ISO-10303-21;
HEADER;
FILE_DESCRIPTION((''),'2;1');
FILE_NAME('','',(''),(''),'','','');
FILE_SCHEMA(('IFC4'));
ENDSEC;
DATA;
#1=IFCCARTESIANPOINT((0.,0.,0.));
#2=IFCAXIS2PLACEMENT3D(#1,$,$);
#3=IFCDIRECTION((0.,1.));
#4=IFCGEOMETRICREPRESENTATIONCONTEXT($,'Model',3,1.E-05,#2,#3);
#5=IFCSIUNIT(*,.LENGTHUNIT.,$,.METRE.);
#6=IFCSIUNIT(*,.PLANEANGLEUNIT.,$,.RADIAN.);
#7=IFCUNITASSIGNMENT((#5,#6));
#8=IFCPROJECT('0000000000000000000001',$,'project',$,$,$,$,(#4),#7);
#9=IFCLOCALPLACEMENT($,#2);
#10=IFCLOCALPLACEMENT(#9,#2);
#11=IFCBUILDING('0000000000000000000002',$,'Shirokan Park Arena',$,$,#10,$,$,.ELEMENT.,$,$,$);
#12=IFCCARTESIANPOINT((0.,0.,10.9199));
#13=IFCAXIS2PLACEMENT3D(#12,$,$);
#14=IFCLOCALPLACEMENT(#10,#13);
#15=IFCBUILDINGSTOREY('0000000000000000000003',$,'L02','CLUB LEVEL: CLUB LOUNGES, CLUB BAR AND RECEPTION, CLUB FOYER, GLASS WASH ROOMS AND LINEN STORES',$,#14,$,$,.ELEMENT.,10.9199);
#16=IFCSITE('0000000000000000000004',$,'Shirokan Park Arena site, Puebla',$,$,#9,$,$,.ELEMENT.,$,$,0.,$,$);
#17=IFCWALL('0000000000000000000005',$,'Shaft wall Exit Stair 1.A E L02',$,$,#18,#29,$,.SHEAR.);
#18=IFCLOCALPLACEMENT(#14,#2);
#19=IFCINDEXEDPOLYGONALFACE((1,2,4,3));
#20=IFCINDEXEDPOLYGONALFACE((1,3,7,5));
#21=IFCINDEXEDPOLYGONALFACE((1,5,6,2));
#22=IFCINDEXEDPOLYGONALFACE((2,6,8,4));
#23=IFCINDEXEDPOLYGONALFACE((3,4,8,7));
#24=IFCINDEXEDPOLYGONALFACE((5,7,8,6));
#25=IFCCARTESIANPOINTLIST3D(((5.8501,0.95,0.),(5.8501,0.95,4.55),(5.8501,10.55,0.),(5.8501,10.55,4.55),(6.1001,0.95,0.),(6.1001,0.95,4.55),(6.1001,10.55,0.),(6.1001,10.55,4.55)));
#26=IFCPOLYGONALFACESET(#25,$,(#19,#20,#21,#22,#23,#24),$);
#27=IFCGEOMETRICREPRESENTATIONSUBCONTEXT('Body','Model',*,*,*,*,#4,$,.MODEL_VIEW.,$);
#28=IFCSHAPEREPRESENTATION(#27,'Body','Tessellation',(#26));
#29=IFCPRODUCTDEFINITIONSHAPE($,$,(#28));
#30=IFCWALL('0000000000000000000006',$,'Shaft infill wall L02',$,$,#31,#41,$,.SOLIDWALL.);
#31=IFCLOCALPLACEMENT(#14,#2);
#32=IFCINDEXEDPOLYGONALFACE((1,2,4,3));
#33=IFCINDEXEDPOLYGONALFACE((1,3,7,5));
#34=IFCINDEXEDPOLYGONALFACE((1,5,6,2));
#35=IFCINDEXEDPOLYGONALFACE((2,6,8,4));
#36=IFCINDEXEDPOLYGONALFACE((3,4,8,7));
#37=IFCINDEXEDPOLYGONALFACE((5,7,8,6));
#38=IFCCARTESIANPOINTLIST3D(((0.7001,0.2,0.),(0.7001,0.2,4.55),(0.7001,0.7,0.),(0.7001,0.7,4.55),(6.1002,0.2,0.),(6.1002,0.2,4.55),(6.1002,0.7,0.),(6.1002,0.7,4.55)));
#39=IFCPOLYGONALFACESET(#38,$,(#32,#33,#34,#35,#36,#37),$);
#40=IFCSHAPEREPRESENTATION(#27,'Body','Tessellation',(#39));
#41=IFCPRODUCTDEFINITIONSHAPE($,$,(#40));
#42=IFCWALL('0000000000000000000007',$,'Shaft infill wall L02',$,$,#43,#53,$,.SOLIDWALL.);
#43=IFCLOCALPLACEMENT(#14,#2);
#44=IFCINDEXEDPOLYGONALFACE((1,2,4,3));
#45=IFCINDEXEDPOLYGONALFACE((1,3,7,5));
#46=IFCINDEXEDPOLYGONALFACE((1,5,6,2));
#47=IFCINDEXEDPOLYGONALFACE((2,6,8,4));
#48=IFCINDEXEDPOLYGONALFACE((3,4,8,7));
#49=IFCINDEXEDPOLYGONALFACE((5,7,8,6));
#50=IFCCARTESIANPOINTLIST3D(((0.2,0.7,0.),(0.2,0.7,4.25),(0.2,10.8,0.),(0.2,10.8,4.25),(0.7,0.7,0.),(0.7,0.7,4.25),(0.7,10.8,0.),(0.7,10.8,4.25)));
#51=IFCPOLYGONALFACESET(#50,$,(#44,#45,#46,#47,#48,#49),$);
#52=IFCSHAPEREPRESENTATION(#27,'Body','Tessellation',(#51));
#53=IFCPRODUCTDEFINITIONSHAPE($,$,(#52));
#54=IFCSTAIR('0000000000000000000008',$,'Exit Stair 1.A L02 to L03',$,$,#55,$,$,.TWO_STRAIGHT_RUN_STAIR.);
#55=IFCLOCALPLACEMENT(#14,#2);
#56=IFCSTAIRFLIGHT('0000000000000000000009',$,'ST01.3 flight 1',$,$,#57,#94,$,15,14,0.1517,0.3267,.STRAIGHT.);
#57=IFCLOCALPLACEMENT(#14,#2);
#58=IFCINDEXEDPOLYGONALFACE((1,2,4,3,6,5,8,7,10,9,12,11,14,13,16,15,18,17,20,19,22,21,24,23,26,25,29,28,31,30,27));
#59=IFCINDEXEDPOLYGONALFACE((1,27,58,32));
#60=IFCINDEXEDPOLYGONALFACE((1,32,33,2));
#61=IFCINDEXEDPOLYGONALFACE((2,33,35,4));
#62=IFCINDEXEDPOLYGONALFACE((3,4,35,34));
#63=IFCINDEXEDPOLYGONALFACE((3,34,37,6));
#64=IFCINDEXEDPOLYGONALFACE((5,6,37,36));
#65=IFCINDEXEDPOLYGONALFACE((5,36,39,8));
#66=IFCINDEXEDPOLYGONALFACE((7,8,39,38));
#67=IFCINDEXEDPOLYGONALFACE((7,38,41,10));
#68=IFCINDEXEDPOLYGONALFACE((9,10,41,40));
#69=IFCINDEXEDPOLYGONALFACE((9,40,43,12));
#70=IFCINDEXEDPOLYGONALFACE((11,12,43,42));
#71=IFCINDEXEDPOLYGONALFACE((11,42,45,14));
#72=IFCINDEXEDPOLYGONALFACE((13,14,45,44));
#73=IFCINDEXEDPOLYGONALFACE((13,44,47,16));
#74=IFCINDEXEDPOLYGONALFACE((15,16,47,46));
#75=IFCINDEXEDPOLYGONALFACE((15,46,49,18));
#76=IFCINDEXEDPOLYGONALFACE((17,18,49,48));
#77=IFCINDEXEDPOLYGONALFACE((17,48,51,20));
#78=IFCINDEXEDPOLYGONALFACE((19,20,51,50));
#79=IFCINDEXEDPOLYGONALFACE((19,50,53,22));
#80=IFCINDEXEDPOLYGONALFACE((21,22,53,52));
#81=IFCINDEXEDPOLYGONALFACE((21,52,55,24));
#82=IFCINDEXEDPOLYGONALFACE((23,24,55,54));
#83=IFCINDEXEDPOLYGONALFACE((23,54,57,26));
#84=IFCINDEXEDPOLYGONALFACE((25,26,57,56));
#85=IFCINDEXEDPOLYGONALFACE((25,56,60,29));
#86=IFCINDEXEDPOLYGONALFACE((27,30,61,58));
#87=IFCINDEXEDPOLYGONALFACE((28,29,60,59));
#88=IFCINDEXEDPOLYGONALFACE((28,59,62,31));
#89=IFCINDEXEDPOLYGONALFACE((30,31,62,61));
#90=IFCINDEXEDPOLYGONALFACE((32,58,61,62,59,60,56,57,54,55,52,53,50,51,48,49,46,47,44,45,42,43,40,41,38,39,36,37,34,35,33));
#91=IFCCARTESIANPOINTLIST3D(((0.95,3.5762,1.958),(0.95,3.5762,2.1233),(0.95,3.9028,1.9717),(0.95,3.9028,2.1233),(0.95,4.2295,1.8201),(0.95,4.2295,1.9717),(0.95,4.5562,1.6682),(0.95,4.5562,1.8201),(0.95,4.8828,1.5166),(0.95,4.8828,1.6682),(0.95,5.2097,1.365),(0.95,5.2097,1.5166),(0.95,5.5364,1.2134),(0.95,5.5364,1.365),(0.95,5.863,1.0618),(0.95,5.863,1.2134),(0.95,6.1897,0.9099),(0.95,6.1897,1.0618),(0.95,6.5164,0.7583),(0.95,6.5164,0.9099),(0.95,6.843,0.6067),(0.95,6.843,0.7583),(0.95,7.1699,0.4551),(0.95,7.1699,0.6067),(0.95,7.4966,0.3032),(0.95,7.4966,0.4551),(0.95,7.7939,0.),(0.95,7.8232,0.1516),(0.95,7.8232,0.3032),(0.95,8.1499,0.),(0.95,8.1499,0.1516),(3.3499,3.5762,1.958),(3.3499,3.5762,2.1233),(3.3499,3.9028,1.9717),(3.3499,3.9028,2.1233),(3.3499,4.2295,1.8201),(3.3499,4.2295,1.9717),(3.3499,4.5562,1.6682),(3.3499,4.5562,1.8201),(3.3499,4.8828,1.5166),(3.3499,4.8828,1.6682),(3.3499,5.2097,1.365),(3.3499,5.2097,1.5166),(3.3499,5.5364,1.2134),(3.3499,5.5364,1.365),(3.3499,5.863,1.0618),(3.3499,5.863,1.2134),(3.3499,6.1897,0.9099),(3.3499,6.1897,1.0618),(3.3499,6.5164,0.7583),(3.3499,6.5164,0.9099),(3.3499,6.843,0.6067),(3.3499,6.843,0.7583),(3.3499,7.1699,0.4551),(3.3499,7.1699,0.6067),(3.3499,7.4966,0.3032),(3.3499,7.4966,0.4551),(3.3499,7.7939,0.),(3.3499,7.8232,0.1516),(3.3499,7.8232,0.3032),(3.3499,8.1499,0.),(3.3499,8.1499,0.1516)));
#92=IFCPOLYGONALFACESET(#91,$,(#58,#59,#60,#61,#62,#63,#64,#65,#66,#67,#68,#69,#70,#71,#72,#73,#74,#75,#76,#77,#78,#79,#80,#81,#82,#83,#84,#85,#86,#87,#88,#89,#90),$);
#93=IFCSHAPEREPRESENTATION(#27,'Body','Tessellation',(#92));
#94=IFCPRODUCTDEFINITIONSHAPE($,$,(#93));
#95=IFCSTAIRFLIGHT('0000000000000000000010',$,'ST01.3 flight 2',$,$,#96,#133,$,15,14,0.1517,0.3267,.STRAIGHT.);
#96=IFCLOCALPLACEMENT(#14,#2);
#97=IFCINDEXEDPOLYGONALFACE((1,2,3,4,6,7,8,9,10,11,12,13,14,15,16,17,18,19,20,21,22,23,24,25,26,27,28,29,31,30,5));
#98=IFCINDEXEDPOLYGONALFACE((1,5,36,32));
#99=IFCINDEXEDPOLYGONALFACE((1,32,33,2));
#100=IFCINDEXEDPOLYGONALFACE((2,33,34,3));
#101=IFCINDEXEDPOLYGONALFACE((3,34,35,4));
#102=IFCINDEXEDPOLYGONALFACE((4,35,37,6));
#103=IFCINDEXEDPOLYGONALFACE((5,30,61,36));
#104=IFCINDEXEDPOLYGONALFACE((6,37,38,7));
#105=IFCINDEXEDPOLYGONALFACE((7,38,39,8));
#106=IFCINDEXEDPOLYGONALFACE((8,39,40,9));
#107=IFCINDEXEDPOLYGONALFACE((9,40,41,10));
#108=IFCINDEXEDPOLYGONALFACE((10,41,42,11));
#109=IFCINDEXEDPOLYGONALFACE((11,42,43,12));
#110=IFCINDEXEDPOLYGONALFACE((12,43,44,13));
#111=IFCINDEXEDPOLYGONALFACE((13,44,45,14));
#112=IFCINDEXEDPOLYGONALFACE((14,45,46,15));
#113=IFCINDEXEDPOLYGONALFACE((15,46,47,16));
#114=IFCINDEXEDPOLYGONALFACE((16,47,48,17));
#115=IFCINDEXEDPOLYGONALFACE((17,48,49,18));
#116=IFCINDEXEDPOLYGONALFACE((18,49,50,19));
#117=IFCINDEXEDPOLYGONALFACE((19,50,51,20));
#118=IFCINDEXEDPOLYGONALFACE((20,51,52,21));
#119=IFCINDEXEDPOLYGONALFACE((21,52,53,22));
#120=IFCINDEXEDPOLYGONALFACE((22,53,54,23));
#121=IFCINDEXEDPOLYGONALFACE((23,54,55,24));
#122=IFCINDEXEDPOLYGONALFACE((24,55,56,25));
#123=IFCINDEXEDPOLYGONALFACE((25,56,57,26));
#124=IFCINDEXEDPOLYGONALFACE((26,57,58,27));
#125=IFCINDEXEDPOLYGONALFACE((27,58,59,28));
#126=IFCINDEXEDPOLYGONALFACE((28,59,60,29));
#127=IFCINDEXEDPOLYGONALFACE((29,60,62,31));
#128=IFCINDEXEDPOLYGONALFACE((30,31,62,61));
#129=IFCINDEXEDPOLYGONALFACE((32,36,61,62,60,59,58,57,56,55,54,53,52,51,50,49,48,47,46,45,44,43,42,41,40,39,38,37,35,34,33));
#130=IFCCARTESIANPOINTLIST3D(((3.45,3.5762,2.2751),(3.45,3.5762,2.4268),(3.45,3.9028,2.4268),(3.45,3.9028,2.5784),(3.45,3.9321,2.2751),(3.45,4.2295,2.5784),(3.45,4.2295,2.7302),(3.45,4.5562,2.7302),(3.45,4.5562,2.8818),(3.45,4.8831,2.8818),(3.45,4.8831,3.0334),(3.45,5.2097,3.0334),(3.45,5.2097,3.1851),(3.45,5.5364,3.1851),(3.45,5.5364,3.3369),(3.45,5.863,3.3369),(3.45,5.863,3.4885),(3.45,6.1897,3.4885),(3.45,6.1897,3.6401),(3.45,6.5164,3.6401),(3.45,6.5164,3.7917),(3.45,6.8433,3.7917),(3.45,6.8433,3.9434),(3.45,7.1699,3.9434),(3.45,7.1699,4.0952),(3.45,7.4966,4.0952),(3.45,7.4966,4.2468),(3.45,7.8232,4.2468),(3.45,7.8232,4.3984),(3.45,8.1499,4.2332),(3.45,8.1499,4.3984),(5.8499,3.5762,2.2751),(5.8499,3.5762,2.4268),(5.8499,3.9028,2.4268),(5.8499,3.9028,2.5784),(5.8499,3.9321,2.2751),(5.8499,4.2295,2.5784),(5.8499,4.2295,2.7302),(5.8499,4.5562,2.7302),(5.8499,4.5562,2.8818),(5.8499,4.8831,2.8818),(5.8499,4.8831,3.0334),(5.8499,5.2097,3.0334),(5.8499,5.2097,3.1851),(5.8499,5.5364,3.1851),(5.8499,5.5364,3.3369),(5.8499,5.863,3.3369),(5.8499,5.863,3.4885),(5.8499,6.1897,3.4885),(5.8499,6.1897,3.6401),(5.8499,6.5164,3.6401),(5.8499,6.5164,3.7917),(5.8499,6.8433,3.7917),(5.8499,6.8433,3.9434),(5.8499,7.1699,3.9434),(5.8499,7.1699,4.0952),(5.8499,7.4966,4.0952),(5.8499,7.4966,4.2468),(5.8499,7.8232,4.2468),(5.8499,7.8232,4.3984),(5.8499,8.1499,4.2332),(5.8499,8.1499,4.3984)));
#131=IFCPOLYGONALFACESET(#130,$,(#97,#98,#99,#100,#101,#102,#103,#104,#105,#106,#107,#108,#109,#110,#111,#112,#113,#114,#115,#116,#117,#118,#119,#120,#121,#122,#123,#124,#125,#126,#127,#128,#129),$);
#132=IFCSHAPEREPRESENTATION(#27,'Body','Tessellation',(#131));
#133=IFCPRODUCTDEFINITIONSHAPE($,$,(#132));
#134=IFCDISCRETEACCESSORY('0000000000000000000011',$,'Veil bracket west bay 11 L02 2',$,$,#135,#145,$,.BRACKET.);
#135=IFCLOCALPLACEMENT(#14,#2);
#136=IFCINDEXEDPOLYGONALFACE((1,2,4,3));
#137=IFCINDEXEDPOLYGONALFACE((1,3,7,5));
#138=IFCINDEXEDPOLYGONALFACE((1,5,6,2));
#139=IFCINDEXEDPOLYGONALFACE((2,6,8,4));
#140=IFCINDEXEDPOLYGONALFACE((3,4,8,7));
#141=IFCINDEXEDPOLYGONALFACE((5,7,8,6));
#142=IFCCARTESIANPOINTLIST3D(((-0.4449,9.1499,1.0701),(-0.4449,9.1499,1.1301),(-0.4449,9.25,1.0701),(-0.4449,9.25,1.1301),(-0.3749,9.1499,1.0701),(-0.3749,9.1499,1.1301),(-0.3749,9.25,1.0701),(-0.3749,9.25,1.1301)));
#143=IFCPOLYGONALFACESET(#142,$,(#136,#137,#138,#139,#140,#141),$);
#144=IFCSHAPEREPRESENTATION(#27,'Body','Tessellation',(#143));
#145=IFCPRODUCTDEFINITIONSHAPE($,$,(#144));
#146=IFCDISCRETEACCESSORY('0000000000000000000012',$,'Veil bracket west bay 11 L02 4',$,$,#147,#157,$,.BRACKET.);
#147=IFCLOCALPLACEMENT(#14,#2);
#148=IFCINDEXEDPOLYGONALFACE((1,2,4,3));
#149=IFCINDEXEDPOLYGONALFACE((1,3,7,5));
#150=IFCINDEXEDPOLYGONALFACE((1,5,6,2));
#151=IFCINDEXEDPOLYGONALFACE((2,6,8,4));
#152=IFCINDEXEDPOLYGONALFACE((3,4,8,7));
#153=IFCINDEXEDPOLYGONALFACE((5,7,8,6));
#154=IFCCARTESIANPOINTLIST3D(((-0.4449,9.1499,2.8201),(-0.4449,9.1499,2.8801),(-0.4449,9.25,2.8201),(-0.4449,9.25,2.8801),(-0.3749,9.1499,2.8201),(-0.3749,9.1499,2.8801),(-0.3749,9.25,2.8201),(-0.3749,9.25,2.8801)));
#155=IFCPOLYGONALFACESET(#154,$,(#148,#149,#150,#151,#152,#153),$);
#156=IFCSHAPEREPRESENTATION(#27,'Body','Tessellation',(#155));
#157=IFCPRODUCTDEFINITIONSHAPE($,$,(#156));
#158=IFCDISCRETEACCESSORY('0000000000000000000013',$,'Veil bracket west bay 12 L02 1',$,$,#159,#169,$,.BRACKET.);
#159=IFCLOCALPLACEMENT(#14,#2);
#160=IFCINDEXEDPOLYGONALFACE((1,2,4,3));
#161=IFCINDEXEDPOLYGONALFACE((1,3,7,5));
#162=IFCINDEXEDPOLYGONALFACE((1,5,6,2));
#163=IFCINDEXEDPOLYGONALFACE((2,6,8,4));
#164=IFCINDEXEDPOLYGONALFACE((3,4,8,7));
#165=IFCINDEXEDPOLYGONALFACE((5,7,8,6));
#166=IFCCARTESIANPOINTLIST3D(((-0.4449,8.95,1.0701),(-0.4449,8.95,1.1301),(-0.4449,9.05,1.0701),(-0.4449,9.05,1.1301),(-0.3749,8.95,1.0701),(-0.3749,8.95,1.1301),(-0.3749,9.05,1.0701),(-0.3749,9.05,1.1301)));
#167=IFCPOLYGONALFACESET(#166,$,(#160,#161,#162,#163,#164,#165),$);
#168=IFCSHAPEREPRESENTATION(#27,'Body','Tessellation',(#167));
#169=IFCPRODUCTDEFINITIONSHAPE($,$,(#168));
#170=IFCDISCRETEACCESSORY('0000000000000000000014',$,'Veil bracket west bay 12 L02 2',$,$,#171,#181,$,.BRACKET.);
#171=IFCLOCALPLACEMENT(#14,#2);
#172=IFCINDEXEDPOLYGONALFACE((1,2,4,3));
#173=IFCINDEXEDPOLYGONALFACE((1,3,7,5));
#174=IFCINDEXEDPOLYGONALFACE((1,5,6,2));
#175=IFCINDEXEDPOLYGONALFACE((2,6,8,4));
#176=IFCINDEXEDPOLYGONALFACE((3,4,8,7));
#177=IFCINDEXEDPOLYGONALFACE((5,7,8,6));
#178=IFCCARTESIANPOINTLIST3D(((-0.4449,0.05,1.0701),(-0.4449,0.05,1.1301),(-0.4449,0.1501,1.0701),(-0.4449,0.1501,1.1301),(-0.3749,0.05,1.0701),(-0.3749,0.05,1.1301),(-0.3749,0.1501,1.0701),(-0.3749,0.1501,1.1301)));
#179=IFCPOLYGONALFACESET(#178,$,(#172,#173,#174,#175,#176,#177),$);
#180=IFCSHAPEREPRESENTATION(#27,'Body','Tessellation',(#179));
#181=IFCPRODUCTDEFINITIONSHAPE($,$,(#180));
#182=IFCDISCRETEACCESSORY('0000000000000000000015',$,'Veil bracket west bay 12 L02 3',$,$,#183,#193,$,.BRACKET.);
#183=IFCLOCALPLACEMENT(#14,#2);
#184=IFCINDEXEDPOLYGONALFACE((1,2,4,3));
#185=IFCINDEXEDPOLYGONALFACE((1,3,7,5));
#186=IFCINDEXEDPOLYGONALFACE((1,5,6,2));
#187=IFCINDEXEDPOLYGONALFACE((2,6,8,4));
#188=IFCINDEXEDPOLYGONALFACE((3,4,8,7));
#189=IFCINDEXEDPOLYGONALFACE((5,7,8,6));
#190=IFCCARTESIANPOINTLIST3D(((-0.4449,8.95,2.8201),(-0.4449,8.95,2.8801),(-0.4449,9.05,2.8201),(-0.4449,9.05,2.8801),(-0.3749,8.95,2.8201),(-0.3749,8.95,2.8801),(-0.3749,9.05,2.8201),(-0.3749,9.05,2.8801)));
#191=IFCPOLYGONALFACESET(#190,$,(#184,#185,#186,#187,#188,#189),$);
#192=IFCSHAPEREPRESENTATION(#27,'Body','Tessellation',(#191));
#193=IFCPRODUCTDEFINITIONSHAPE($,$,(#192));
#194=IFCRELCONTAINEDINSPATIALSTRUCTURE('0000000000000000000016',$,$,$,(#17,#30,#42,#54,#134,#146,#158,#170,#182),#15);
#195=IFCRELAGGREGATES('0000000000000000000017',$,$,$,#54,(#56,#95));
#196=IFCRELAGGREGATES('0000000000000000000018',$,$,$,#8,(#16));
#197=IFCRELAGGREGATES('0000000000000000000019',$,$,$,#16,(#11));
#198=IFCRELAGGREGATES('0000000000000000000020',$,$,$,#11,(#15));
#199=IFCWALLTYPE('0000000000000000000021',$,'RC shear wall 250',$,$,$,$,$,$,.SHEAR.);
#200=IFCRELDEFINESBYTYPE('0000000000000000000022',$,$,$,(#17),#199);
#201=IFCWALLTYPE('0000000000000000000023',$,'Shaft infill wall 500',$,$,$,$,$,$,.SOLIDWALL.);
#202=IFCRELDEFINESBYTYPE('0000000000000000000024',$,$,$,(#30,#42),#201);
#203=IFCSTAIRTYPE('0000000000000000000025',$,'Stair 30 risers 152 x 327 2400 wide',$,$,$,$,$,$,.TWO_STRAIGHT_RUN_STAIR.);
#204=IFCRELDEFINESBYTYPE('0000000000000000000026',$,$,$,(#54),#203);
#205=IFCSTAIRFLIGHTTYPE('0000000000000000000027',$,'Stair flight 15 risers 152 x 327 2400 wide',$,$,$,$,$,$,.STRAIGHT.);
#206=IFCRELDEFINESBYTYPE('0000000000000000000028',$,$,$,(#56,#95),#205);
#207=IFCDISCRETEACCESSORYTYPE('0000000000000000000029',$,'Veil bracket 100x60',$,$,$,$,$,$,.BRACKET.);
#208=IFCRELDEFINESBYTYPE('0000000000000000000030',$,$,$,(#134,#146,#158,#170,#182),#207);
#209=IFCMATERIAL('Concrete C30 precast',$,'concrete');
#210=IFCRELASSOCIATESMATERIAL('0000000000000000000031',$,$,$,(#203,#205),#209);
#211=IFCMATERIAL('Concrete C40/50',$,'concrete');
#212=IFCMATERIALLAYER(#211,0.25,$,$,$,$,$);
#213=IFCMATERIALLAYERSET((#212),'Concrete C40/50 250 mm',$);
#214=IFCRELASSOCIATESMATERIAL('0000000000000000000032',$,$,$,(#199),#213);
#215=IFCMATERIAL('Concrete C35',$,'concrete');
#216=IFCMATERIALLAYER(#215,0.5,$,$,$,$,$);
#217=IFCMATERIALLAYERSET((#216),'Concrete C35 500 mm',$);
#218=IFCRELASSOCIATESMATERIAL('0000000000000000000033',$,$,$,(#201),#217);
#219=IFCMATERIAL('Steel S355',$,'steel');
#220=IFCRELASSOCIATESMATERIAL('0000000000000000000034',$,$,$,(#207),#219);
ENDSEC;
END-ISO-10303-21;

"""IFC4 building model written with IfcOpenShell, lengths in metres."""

from ifc_helpers import new_model, si_unit, direction, frame, frame_2d, origin, origin_2d, place, context, subcontext, project, spatial, polyline, rectangle, outline, extrude, material, layer, layer_set, type_object, element, aggregate, save


model = new_model("IFC4")

# Units and contexts
model_context = context("Model", 3, precision=1e-05, world=origin(), true_north=direction((0.0, 1.0)))
body_context = subcontext(model_context, "Body", "Model", "MODEL_VIEW")
ifc_project = project(units=[si_unit("LENGTHUNIT", "METRE"), si_unit("PLANEANGLEUNIT", "RADIAN")], contexts=[model_context])

# Site, building, storey
site_placement = place(None, origin())
site = spatial("IfcSite", under=ifc_project, at=site_placement, Name="Shirokan Park Arena site, Puebla", CompositionType="ELEMENT", RefElevation=0.0)
building_placement = place(site_placement, origin())
building = spatial("IfcBuilding", under=site, at=building_placement, Name="Shirokan Park Arena", CompositionType="ELEMENT")
storey_placement = place(building_placement, frame((0.0, 0.0, 10.9199)))
storey = spatial("IfcBuildingStorey", under=building, at=storey_placement, Name="L02", Description="CLUB LEVEL: CLUB LOUNGES, CLUB BAR AND RECEPTION, CLUB FOYER, GLASS WASH ROOMS AND LINEN STORES", CompositionType="ELEMENT", Elevation=10.9199)

# Shared definitions
ifc_material_1 = material(Name="Concrete C35", Category="concrete")

# Shared definitions
ifc_material_2 = material(Name="Concrete C30 precast", Category="concrete")
stair_type = type_object("IfcStairType", Name="Stair 30 risers 152 x 327 2400 wide", PredefinedType="TWO_STRAIGHT_RUN_STAIR", material=ifc_material_2)

# Walls
ifc_material_3 = material(Name="Concrete C40/50", Category="concrete")
ifc_layer_1 = layer(ifc_material_3, 0.25)
ifc_layer_set_1 = layer_set([ifc_layer_1], Name="Concrete C40/50 250 mm")
wall_type_1 = type_object("IfcWallType", Name="RC shear wall 250", PredefinedType="SHEAR", material=ifc_layer_set_1)
for number, where, z_axis, x_axis, name in (
    (1, (5.9751, 10.55, 0.0), (0.0, 0.0, 1.0), (0.0, -1.0, 0.0), "Shaft wall Exit Stair 1.A E L02"),
):
    element("IfcWall", number, at=place(storey_placement, frame(where, z_axis=z_axis, x_axis=x_axis)), inside=storey, type_object=wall_type_1, Name=name, PredefinedType="SHEAR", context=body_context, shape_type="SweptSolid", body=[
        extrude(rectangle(XDim=9.6001, YDim=0.25, at=frame_2d((4.8, 0.0))), origin(), (0.0, 0.0, 1.0), 4.55),
    ])
ifc_layer_2 = layer(ifc_material_1, 0.5)
ifc_layer_set_2 = layer_set([ifc_layer_2], Name="Concrete C35 500 mm")
wall_type_2 = type_object("IfcWallType", Name="Shaft infill wall 500", PredefinedType="SOLIDWALL", material=ifc_layer_set_2)
wall_1_placement = place(storey_placement, frame((0.7, 0.45, 0.0), z_axis=(0.0, 0.0, 1.0), x_axis=(1.0, 0.0, 0.0)))
element("IfcWall", 2, at=wall_1_placement, inside=storey, type_object=wall_type_2, Name="Shaft infill wall L02", PredefinedType="SOLIDWALL", context=body_context, shape_type="SweptSolid", body=[
    extrude(rectangle(XDim=5.4001, YDim=0.5, at=frame_2d((2.7002, 0.0))), origin(), (0.0, 0.0, 1.0), 4.55),
])
wall_2_placement = place(storey_placement, frame((0.45, 0.7, 0.0), z_axis=(0.0, 0.0, 1.0), x_axis=(0.0, 1.0, 0.0)))
element("IfcWall", 3, at=wall_2_placement, inside=storey, type_object=wall_type_2, Name="Shaft infill wall L02", PredefinedType="SOLIDWALL", context=body_context, shape_type="SweptSolid", body=[
    extrude(rectangle(XDim=10.1001, YDim=0.5, at=frame_2d((5.05, 0.0))), origin(), (0.0, 0.0, 1.0), 4.25),
])

# Stair, stair flights
stair_1_placement = place(storey_placement, origin())
stair_1 = element("IfcStair", 4, at=stair_1_placement, inside=storey, type_object=stair_type, Name="Exit Stair 1.A L02 to L03", PredefinedType="TWO_STRAIGHT_RUN_STAIR")
stair_flight_type = type_object("IfcStairFlightType", Name="Stair flight 15 risers 152 x 327 2400 wide", PredefinedType="STRAIGHT", material=ifc_material_2)
stair_flight_1_placement = place(storey_placement, frame((2.1499, 8.1499, 0.0), z_axis=(0.0, 0.0, 1.0), x_axis=(0.0, -1.0, 0.0)))
stair_flight_1 = element("IfcStairFlight", 5, at=stair_flight_1_placement, type_object=stair_flight_type, Name="ST01.3 flight 1", NumberOfRisers=15, NumberOfTreads=14, PredefinedType="STRAIGHT", RiserHeight=0.1517, TreadLength=0.3267, context=body_context, shape_type="SweptSolid", body=[
    extrude(outline(polyline([(0.0, 0.0), (0.0, 0.1516), (0.3267, 0.1516), (0.3267, 0.3032), (0.6533, 0.3032), (0.6533, 0.4551), (0.98, 0.4551), (0.98, 0.6067), (1.3069, 0.6067), (1.3069, 0.7583), (1.6335, 0.7583), (1.6335, 0.9099), (1.9602, 0.9099), (1.9602, 1.0618), (2.2869, 1.0618), (2.2869, 1.2134), (2.6135, 1.2134), (2.6135, 1.365), (2.9402, 1.365), (2.9402, 1.5166), (3.2671, 1.5166), (3.2671, 1.6682), (3.5938, 1.6682), (3.5938, 1.8201), (3.9204, 1.8201), (3.9204, 1.9717), (4.2471, 1.9717), (4.2471, 2.1233), (4.5737, 2.1233), (4.5737, 2.2749), (4.5737, 1.958), (0.356, 0.0), (0.0, 0.0)])), frame((0.0, 1.2, 0.0), z_axis=(0.0, -1.0, 0.0), x_axis=(1.0, 0.0, 0.0)), (0.0, 0.0, 1.0), 2.3999),
])
stair_flight_2_placement = place(storey_placement, frame((4.6499, 3.5762, 2.2751), z_axis=(0.0, 0.0, 1.0), x_axis=(0.0, 1.0, 0.0)))
stair_flight_2 = element("IfcStairFlight", 6, at=stair_flight_2_placement, type_object=stair_flight_type, Name="ST01.3 flight 2", NumberOfRisers=15, NumberOfTreads=14, PredefinedType="STRAIGHT", RiserHeight=0.1517, TreadLength=0.3267, context=body_context, shape_type="SweptSolid", body=[
    extrude(outline(polyline([(0.0, 0.0), (0.0, 0.1516), (0.3267, 0.1516), (0.3267, 0.3032), (0.6533, 0.3032), (0.6533, 0.4551), (0.98, 0.4551), (0.98, 0.6067), (1.3069, 0.6067), (1.3069, 0.7583), (1.6335, 0.7583), (1.6335, 0.9099), (1.9602, 0.9099), (1.9602, 1.0618), (2.2869, 1.0618), (2.2869, 1.2134), (2.6135, 1.2134), (2.6135, 1.365), (2.9402, 1.365), (2.9402, 1.5166), (3.2671, 1.5166), (3.2671, 1.6682), (3.5938, 1.6682), (3.5938, 1.8201), (3.9204, 1.8201), (3.9204, 1.9717), (4.2471, 1.9717), (4.2471, 2.1233), (4.5737, 2.1233), (4.5737, 2.2749), (4.5737, 1.958), (0.356, 0.0), (0.0, 0.0)])), frame((0.0, 1.2, 0.0), z_axis=(0.0, -1.0, 0.0), x_axis=(1.0, 0.0, 0.0)), (0.0, 0.0, 1.0), 2.3999),
])
aggregate(stair_1, [stair_flight_1, stair_flight_2])

# Discrete accessories
ifc_material_4 = material(Name="Steel S355", Category="steel")
discrete_accessory_type = type_object("IfcDiscreteAccessoryType", Name="Veil bracket 100x60", PredefinedType="BRACKET", material=ifc_material_4)
for number, where, z_axis, x_axis, name in (
    (7, (-0.4099, 9.2, 1.0701), (0.0, 0.0, 1.0), (0.0, -1.0, 0.0), "Veil bracket west bay 11 L02 2"),
    (8, (-0.4099, 9.2, 2.8201), (0.0, 0.0, 1.0), (0.0, -1.0, 0.0), "Veil bracket west bay 11 L02 4"),
    (9, (-0.4099, 9.0, 1.0701), (0.0, 0.0, 1.0), (0.0, -1.0, 0.0), "Veil bracket west bay 12 L02 1"),
    (10, (-0.4099, 0.1001, 1.0701), (0.0, 0.0, 1.0), (0.0, -1.0, 0.0), "Veil bracket west bay 12 L02 2"),
    (11, (-0.4099, 9.0, 2.8201), (0.0, 0.0, 1.0), (0.0, -1.0, 0.0), "Veil bracket west bay 12 L02 3"),
):
    element("IfcDiscreteAccessory", number, at=place(storey_placement, frame(where, z_axis=z_axis, x_axis=x_axis)), inside=storey, type_object=discrete_accessory_type, Name=name, PredefinedType="BRACKET", context=body_context, shape_type="SweptSolid", body=[
        extrude(rectangle(XDim=0.1001, YDim=0.0701, at=origin_2d()), origin(), (0.0, 0.0, 1.0), 0.0601),
    ])

save(model, "model.ifc")
